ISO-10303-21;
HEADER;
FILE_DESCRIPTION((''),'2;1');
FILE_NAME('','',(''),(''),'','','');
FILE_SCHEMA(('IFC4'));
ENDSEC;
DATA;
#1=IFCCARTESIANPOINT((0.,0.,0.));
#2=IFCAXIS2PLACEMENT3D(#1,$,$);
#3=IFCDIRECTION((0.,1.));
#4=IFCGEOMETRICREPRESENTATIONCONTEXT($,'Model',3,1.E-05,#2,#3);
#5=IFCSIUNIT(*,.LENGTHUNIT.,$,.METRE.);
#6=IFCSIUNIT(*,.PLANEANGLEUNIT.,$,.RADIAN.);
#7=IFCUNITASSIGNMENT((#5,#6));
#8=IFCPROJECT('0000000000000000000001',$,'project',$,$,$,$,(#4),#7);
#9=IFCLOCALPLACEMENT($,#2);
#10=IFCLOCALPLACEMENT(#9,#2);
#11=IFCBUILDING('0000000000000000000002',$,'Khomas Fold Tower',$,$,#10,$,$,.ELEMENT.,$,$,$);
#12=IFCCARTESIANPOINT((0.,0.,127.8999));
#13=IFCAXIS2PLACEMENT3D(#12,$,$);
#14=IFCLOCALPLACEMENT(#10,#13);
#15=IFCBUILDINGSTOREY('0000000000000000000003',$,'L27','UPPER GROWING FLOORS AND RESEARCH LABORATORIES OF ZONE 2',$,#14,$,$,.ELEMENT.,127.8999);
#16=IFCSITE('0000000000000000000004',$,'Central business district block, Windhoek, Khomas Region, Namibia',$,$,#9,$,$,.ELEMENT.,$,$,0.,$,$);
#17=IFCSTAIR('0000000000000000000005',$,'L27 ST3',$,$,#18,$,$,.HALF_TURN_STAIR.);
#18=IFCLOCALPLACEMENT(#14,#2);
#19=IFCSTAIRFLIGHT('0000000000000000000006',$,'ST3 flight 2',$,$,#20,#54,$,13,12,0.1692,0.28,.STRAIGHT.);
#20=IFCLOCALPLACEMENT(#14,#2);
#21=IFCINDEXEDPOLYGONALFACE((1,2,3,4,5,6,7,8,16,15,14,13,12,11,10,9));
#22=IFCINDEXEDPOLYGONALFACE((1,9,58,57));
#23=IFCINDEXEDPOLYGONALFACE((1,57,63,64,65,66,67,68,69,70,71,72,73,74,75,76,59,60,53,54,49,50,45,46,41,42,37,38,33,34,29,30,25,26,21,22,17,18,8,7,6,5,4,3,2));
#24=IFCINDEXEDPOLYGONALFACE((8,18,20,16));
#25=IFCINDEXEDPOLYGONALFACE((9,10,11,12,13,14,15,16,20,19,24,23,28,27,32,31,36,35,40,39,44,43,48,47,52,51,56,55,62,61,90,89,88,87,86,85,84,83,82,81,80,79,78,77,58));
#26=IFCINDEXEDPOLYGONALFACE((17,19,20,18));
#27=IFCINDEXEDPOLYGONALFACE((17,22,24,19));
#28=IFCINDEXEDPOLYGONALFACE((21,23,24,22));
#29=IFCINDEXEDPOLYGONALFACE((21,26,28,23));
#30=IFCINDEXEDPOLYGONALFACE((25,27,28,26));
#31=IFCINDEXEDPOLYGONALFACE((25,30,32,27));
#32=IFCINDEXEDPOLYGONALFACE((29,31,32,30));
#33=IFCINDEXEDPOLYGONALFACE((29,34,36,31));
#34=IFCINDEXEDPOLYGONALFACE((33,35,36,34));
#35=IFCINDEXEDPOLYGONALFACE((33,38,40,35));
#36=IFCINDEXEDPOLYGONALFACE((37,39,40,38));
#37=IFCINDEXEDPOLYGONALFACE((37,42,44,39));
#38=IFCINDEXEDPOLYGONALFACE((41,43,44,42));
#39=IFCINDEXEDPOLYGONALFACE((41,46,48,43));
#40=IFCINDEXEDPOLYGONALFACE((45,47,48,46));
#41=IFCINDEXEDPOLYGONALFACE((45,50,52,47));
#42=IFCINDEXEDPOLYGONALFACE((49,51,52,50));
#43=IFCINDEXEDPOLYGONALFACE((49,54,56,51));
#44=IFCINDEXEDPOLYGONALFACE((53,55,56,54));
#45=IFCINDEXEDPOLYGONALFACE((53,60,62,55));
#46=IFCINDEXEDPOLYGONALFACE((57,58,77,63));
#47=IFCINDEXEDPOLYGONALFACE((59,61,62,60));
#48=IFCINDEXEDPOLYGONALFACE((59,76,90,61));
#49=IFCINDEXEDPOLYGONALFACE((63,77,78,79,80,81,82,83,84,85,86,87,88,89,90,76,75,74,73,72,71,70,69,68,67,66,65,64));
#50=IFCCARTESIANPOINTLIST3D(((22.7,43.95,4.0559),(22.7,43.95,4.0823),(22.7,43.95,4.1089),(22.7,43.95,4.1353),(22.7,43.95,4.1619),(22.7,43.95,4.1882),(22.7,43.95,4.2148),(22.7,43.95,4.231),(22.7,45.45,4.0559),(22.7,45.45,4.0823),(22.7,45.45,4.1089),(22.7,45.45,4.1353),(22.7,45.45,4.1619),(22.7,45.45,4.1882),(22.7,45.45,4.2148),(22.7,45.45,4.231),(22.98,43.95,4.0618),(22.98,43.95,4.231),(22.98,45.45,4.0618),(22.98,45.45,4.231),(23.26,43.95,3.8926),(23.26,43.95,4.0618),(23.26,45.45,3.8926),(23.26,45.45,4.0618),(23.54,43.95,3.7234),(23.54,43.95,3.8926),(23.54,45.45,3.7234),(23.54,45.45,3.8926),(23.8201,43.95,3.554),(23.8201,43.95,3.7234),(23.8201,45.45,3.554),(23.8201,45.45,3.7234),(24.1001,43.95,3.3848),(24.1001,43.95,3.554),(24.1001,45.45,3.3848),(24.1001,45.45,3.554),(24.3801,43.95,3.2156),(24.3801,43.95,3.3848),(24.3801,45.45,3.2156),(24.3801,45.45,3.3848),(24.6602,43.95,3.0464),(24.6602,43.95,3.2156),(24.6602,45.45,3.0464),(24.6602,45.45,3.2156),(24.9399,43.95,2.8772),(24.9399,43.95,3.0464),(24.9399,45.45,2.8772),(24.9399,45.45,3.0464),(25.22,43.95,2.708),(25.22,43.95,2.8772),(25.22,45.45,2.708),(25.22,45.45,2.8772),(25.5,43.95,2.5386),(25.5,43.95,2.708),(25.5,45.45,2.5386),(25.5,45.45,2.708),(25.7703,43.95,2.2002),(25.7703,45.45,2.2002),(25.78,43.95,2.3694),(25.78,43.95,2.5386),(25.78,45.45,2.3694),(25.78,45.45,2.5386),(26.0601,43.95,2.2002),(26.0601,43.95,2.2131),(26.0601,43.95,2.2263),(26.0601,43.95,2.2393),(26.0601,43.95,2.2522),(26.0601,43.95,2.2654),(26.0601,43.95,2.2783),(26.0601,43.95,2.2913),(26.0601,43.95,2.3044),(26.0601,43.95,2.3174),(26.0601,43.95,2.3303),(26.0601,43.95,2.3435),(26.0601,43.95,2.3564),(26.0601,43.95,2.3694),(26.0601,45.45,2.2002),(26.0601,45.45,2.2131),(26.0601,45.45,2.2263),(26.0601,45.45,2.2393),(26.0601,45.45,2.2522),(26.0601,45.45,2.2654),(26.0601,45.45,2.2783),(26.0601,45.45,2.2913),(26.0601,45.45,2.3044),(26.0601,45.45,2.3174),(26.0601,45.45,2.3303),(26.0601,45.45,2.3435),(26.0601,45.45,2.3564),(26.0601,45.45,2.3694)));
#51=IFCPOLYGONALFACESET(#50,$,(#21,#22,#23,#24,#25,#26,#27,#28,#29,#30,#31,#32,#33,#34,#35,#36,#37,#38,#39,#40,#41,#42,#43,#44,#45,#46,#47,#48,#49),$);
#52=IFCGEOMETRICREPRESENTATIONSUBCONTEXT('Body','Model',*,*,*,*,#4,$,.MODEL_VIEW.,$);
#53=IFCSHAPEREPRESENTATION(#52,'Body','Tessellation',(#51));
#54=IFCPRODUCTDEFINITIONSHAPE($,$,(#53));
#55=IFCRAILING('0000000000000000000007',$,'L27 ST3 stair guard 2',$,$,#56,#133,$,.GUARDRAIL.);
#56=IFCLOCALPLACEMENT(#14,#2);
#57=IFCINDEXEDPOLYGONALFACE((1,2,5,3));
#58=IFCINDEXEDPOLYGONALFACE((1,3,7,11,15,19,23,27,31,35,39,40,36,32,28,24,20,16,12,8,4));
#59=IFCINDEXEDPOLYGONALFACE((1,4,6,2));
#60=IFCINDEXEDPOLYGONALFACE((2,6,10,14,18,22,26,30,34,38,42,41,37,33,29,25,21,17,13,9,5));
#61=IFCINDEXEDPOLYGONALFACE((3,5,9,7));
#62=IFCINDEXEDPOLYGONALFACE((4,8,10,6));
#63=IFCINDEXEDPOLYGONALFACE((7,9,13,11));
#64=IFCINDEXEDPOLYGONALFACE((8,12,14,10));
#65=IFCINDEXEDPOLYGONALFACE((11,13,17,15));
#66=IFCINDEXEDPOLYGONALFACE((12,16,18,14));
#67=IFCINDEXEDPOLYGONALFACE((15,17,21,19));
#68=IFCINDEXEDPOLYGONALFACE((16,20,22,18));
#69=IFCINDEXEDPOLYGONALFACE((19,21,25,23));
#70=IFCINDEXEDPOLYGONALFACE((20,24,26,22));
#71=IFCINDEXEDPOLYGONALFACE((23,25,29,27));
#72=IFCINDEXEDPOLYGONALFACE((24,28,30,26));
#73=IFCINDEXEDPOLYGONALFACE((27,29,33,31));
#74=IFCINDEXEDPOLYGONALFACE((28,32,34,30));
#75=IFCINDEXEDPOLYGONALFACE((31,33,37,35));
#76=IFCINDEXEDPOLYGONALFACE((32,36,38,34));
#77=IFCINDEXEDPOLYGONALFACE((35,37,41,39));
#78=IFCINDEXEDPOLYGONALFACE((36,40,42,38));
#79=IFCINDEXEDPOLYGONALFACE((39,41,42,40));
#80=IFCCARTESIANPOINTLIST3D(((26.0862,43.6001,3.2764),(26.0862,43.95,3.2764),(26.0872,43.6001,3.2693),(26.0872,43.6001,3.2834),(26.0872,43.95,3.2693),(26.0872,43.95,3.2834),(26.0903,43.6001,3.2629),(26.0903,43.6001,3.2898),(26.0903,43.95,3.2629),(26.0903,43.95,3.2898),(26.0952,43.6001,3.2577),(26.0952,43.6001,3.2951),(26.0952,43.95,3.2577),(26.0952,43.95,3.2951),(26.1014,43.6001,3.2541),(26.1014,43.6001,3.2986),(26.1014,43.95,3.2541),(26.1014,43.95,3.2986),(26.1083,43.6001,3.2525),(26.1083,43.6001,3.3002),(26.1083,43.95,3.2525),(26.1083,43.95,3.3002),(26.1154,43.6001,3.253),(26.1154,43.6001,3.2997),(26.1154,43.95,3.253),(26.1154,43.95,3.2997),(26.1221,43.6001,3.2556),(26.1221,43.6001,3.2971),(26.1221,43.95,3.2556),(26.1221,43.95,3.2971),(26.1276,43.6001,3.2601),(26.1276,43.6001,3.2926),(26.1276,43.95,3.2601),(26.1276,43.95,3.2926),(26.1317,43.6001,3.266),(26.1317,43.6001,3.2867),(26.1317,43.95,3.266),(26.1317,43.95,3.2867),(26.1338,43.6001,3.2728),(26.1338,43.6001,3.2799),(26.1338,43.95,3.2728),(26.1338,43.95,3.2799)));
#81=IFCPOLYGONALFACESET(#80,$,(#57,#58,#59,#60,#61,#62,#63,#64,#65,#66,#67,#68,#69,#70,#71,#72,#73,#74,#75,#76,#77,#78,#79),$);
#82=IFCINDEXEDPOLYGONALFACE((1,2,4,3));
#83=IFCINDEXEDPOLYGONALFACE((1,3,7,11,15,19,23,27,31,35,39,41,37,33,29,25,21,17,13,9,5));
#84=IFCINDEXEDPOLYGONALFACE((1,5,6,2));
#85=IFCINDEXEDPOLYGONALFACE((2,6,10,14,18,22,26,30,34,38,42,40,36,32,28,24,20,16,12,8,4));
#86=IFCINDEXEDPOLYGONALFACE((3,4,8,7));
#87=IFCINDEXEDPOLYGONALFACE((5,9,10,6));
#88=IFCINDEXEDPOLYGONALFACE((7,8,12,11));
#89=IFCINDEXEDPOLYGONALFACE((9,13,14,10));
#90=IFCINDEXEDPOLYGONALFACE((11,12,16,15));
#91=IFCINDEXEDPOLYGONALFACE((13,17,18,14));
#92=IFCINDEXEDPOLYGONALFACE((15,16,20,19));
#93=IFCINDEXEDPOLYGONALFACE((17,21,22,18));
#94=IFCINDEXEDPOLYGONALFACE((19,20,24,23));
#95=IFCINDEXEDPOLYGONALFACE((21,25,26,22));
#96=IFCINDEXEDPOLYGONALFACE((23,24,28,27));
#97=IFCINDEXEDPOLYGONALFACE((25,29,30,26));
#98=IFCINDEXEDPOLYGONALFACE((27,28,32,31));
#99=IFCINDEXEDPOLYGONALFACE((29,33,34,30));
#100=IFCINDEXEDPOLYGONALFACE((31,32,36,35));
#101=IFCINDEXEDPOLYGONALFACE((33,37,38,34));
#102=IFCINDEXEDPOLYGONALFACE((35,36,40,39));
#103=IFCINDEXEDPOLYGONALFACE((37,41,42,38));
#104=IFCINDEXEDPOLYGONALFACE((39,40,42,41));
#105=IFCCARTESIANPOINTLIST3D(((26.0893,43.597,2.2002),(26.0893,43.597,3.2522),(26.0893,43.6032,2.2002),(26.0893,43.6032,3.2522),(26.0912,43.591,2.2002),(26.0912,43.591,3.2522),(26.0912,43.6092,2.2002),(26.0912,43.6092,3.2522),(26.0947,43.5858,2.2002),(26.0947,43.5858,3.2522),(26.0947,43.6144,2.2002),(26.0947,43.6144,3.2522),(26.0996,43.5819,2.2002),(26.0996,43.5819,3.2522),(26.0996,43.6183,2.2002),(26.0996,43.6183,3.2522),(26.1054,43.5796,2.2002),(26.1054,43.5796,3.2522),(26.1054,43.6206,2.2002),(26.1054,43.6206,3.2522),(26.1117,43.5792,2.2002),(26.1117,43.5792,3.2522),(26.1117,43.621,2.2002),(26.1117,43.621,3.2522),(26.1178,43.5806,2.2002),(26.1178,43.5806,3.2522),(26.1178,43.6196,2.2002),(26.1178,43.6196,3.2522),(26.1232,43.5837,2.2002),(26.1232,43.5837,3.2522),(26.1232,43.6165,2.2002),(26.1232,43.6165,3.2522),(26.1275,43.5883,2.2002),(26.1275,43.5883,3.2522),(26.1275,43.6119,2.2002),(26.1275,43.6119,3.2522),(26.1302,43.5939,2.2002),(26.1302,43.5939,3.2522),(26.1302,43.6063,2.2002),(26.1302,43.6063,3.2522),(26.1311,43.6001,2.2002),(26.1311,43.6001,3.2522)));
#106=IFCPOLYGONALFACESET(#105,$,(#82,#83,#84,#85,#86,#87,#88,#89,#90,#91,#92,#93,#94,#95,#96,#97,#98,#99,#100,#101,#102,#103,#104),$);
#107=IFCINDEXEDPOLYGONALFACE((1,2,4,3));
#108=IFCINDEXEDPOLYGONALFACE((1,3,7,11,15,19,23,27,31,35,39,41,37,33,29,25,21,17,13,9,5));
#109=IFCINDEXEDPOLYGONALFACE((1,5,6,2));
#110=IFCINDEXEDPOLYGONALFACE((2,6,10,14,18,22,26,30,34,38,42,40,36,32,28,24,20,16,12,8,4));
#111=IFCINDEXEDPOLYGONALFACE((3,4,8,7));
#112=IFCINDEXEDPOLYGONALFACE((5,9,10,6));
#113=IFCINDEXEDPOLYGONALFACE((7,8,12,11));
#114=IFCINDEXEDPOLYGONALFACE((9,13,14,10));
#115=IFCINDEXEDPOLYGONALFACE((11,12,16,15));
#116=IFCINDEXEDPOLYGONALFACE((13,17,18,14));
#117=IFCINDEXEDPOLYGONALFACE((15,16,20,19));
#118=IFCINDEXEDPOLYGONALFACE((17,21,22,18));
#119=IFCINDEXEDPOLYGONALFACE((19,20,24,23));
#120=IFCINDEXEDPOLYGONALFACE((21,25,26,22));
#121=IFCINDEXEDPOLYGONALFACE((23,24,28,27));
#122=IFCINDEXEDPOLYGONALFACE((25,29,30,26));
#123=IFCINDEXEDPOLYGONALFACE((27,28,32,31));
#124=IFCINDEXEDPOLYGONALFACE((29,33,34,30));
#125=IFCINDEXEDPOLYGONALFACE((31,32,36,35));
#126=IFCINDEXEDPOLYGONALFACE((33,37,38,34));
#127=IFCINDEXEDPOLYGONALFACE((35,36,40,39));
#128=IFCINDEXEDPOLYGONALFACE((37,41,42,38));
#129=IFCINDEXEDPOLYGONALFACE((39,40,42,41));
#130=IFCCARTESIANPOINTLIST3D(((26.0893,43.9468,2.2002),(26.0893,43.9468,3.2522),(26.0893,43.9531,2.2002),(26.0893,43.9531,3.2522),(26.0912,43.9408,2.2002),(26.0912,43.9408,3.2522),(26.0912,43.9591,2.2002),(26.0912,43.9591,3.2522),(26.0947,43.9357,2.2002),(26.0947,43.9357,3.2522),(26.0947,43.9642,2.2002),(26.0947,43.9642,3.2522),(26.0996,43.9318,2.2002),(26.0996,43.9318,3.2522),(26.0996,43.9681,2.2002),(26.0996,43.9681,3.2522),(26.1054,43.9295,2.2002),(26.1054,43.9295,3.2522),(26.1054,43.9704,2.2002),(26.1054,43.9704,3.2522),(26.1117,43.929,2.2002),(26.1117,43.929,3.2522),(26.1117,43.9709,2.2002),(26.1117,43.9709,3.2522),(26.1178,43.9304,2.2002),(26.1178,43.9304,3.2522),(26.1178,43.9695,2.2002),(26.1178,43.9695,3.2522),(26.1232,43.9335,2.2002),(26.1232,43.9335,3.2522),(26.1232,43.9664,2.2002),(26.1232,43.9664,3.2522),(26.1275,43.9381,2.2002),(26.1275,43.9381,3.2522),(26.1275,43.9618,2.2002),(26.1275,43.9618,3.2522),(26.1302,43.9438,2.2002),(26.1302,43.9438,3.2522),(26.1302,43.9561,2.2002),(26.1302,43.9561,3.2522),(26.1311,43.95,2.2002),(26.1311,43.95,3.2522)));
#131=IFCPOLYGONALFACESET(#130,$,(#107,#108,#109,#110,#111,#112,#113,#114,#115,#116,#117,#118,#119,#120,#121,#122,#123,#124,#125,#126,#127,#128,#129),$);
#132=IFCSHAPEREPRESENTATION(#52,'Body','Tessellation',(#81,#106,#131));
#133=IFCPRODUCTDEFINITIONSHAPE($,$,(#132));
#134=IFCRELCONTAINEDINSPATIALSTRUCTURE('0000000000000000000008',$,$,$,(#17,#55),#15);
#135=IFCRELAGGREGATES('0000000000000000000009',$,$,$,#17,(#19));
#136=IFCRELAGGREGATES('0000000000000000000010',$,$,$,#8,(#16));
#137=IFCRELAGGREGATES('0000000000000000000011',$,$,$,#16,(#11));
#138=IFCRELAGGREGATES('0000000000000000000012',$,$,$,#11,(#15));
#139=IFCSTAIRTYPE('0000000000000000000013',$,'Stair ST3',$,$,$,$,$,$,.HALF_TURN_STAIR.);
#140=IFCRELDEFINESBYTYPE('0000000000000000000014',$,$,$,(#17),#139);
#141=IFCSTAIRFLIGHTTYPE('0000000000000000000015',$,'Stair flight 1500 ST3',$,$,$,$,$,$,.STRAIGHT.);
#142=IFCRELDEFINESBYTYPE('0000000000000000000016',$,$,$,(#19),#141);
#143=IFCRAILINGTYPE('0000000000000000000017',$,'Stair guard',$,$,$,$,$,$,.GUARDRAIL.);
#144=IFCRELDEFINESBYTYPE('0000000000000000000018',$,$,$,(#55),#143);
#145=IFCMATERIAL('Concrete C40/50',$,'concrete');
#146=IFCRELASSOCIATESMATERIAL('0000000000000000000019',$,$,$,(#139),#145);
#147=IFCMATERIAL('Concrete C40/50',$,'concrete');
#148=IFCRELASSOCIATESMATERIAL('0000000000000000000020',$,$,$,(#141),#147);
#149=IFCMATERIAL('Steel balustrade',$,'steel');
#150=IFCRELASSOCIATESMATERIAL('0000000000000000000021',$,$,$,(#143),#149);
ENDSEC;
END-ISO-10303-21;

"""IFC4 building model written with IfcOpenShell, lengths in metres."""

from ifc_helpers import new_model, si_unit, direction, frame, origin, origin_2d, place, context, subcontext, project, spatial, polyline, circle, outline, extrude, source, transform, mapped, material, type_object, element, aggregate, save


model = new_model("IFC4")

# Units and contexts
model_context = context("Model", 3, precision=1e-05, world=origin(), true_north=direction((0.0, 1.0)))
body_context = subcontext(model_context, "Body", "Model", "MODEL_VIEW")
ifc_project = project(units=[si_unit("LENGTHUNIT", "METRE"), si_unit("PLANEANGLEUNIT", "RADIAN")], contexts=[model_context])

# Site, building, storey
site_placement = place(None, origin())
site = spatial("IfcSite", under=ifc_project, at=site_placement, Name="Central business district block, Windhoek, Khomas Region, Namibia", CompositionType="ELEMENT", RefElevation=0.0)
building_placement = place(site_placement, origin())
building = spatial("IfcBuilding", under=site, at=building_placement, Name="Khomas Fold Tower", CompositionType="ELEMENT")
storey_placement = place(building_placement, frame((0.0, 0.0, 127.8999)))
storey = spatial("IfcBuildingStorey", under=building, at=storey_placement, Name="L27", Description="UPPER GROWING FLOORS AND RESEARCH LABORATORIES OF ZONE 2", CompositionType="ELEMENT", Elevation=127.8999)

# Stair, stair flight
ifc_material_1 = material(Name="Concrete C40/50", Category="concrete")
stair_type = type_object("IfcStairType", Name="Stair ST3", PredefinedType="HALF_TURN_STAIR", material=ifc_material_1)
stair_placement = place(storey_placement, origin())
stair = element("IfcStair", 1, at=stair_placement, inside=storey, type_object=stair_type, Name="L27 ST3", PredefinedType="HALF_TURN_STAIR")
ifc_material_2 = material(Name="Concrete C40/50", Category="concrete")
stair_flight_type = type_object("IfcStairFlightType", Name="Stair flight 1500 ST3", PredefinedType="STRAIGHT", material=ifc_material_2)
shared_shape_1 = source(origin(), body_context, "Body", "SweptSolid", [
    extrude(outline(polyline([(0.0, 0.0), (0.0, 0.0129), (0.0, 0.0261), (0.0, 0.0391), (0.0, 0.052), (0.0, 0.0652), (0.0, 0.0781), (0.0, 0.0911), (0.0, 0.1042), (0.0, 0.1172), (0.0, 0.1301), (0.0, 0.1433), (0.0, 0.1562), (0.0, 0.1692), (0.28, 0.1692), (0.28, 0.3384), (0.5601, 0.3384), (0.5601, 0.5078), (0.8401, 0.5078), (0.8401, 0.677), (1.1201, 0.677), (1.1201, 0.8462), (1.3999, 0.8462), (1.3999, 1.0154), (1.6799, 1.0154), (1.6799, 1.1846), (1.96, 1.1846), (1.96, 1.3538), (2.24, 1.3538), (2.24, 1.5232), (2.52, 1.5232), (2.52, 1.6924), (2.8, 1.6924), (2.8, 1.8616), (3.0801, 1.8616), (3.0801, 2.0308), (3.3601, 2.0308), (3.3601, 2.2), (3.3601, 2.1736), (3.3601, 2.147), (3.3601, 2.1206), (3.3601, 2.094), (3.3601, 2.0676), (3.3601, 2.041), (3.3601, 2.0146), (3.3601, 1.988), (3.3601, 1.9617), (3.3601, 1.9351), (3.3601, 1.9087), (3.3601, 1.8821), (3.3601, 1.8557), (0.2898, 0.0), (0.0, 0.0)])), frame((0.0, 0.75, 0.0), z_axis=(0.0, -1.0, 0.0), x_axis=(1.0, 0.0, 0.0)), (0.0, 0.0, 1.0), 1.5),
])
stair_flight_1_placement = place(storey_placement, frame((26.0601, 44.7, 2.2002), z_axis=(0.0, 0.0, 1.0), x_axis=(-1.0, 0.0, 0.0)))
stair_flight_1 = element("IfcStairFlight", 2, at=stair_flight_1_placement, type_object=stair_flight_type, Name="ST3 flight 2", NumberOfRisers=13, NumberOfTreads=12, PredefinedType="STRAIGHT", RiserHeight=0.1692, TreadLength=0.28, context=body_context, shape_type="MappedRepresentation", body=[
    mapped(shared_shape_1, transform((0.0, 0.0, 0.0))),
])
aggregate(stair, [stair_flight_1])

# Railing
ifc_material_3 = material(Name="Steel balustrade", Category="steel")
railing_type_1 = type_object("IfcRailingType", Name="Stair guard", PredefinedType="GUARDRAIL", material=ifc_material_3)
shared_shape_2 = source(origin(), body_context, "Body", "SweptSolid", [
    extrude(circle(Radius=0.0239, at=origin_2d()), frame((0.0, 0.0, 1.0762), z_axis=(0.0, 1.0, 0.0), x_axis=(-1.0, 0.0, 0.0)), (0.0, 0.0, 1.0), 0.3499),
    extrude(circle(Radius=0.021, at=origin_2d()), origin(), (0.0, 0.0, 1.0), 1.052),
    extrude(circle(Radius=0.021, at=origin_2d()), frame((0.0, 0.3499, 0.0)), (0.0, 0.0, 1.0), 1.052),
])
for number, where, name in (
    (3, (26.1101, 43.6001, 2.2002), "L27 ST3 stair guard 2"),
):
    element("IfcRailing", number, at=place(storey_placement, frame(where)), inside=storey, type_object=railing_type_1, Name=name, PredefinedType="GUARDRAIL", context=body_context, shape_type="MappedRepresentation", body=[
        mapped(shared_shape_2, transform((0.0, 0.0, 0.0))),
    ])

save(model, "model.ifc")
